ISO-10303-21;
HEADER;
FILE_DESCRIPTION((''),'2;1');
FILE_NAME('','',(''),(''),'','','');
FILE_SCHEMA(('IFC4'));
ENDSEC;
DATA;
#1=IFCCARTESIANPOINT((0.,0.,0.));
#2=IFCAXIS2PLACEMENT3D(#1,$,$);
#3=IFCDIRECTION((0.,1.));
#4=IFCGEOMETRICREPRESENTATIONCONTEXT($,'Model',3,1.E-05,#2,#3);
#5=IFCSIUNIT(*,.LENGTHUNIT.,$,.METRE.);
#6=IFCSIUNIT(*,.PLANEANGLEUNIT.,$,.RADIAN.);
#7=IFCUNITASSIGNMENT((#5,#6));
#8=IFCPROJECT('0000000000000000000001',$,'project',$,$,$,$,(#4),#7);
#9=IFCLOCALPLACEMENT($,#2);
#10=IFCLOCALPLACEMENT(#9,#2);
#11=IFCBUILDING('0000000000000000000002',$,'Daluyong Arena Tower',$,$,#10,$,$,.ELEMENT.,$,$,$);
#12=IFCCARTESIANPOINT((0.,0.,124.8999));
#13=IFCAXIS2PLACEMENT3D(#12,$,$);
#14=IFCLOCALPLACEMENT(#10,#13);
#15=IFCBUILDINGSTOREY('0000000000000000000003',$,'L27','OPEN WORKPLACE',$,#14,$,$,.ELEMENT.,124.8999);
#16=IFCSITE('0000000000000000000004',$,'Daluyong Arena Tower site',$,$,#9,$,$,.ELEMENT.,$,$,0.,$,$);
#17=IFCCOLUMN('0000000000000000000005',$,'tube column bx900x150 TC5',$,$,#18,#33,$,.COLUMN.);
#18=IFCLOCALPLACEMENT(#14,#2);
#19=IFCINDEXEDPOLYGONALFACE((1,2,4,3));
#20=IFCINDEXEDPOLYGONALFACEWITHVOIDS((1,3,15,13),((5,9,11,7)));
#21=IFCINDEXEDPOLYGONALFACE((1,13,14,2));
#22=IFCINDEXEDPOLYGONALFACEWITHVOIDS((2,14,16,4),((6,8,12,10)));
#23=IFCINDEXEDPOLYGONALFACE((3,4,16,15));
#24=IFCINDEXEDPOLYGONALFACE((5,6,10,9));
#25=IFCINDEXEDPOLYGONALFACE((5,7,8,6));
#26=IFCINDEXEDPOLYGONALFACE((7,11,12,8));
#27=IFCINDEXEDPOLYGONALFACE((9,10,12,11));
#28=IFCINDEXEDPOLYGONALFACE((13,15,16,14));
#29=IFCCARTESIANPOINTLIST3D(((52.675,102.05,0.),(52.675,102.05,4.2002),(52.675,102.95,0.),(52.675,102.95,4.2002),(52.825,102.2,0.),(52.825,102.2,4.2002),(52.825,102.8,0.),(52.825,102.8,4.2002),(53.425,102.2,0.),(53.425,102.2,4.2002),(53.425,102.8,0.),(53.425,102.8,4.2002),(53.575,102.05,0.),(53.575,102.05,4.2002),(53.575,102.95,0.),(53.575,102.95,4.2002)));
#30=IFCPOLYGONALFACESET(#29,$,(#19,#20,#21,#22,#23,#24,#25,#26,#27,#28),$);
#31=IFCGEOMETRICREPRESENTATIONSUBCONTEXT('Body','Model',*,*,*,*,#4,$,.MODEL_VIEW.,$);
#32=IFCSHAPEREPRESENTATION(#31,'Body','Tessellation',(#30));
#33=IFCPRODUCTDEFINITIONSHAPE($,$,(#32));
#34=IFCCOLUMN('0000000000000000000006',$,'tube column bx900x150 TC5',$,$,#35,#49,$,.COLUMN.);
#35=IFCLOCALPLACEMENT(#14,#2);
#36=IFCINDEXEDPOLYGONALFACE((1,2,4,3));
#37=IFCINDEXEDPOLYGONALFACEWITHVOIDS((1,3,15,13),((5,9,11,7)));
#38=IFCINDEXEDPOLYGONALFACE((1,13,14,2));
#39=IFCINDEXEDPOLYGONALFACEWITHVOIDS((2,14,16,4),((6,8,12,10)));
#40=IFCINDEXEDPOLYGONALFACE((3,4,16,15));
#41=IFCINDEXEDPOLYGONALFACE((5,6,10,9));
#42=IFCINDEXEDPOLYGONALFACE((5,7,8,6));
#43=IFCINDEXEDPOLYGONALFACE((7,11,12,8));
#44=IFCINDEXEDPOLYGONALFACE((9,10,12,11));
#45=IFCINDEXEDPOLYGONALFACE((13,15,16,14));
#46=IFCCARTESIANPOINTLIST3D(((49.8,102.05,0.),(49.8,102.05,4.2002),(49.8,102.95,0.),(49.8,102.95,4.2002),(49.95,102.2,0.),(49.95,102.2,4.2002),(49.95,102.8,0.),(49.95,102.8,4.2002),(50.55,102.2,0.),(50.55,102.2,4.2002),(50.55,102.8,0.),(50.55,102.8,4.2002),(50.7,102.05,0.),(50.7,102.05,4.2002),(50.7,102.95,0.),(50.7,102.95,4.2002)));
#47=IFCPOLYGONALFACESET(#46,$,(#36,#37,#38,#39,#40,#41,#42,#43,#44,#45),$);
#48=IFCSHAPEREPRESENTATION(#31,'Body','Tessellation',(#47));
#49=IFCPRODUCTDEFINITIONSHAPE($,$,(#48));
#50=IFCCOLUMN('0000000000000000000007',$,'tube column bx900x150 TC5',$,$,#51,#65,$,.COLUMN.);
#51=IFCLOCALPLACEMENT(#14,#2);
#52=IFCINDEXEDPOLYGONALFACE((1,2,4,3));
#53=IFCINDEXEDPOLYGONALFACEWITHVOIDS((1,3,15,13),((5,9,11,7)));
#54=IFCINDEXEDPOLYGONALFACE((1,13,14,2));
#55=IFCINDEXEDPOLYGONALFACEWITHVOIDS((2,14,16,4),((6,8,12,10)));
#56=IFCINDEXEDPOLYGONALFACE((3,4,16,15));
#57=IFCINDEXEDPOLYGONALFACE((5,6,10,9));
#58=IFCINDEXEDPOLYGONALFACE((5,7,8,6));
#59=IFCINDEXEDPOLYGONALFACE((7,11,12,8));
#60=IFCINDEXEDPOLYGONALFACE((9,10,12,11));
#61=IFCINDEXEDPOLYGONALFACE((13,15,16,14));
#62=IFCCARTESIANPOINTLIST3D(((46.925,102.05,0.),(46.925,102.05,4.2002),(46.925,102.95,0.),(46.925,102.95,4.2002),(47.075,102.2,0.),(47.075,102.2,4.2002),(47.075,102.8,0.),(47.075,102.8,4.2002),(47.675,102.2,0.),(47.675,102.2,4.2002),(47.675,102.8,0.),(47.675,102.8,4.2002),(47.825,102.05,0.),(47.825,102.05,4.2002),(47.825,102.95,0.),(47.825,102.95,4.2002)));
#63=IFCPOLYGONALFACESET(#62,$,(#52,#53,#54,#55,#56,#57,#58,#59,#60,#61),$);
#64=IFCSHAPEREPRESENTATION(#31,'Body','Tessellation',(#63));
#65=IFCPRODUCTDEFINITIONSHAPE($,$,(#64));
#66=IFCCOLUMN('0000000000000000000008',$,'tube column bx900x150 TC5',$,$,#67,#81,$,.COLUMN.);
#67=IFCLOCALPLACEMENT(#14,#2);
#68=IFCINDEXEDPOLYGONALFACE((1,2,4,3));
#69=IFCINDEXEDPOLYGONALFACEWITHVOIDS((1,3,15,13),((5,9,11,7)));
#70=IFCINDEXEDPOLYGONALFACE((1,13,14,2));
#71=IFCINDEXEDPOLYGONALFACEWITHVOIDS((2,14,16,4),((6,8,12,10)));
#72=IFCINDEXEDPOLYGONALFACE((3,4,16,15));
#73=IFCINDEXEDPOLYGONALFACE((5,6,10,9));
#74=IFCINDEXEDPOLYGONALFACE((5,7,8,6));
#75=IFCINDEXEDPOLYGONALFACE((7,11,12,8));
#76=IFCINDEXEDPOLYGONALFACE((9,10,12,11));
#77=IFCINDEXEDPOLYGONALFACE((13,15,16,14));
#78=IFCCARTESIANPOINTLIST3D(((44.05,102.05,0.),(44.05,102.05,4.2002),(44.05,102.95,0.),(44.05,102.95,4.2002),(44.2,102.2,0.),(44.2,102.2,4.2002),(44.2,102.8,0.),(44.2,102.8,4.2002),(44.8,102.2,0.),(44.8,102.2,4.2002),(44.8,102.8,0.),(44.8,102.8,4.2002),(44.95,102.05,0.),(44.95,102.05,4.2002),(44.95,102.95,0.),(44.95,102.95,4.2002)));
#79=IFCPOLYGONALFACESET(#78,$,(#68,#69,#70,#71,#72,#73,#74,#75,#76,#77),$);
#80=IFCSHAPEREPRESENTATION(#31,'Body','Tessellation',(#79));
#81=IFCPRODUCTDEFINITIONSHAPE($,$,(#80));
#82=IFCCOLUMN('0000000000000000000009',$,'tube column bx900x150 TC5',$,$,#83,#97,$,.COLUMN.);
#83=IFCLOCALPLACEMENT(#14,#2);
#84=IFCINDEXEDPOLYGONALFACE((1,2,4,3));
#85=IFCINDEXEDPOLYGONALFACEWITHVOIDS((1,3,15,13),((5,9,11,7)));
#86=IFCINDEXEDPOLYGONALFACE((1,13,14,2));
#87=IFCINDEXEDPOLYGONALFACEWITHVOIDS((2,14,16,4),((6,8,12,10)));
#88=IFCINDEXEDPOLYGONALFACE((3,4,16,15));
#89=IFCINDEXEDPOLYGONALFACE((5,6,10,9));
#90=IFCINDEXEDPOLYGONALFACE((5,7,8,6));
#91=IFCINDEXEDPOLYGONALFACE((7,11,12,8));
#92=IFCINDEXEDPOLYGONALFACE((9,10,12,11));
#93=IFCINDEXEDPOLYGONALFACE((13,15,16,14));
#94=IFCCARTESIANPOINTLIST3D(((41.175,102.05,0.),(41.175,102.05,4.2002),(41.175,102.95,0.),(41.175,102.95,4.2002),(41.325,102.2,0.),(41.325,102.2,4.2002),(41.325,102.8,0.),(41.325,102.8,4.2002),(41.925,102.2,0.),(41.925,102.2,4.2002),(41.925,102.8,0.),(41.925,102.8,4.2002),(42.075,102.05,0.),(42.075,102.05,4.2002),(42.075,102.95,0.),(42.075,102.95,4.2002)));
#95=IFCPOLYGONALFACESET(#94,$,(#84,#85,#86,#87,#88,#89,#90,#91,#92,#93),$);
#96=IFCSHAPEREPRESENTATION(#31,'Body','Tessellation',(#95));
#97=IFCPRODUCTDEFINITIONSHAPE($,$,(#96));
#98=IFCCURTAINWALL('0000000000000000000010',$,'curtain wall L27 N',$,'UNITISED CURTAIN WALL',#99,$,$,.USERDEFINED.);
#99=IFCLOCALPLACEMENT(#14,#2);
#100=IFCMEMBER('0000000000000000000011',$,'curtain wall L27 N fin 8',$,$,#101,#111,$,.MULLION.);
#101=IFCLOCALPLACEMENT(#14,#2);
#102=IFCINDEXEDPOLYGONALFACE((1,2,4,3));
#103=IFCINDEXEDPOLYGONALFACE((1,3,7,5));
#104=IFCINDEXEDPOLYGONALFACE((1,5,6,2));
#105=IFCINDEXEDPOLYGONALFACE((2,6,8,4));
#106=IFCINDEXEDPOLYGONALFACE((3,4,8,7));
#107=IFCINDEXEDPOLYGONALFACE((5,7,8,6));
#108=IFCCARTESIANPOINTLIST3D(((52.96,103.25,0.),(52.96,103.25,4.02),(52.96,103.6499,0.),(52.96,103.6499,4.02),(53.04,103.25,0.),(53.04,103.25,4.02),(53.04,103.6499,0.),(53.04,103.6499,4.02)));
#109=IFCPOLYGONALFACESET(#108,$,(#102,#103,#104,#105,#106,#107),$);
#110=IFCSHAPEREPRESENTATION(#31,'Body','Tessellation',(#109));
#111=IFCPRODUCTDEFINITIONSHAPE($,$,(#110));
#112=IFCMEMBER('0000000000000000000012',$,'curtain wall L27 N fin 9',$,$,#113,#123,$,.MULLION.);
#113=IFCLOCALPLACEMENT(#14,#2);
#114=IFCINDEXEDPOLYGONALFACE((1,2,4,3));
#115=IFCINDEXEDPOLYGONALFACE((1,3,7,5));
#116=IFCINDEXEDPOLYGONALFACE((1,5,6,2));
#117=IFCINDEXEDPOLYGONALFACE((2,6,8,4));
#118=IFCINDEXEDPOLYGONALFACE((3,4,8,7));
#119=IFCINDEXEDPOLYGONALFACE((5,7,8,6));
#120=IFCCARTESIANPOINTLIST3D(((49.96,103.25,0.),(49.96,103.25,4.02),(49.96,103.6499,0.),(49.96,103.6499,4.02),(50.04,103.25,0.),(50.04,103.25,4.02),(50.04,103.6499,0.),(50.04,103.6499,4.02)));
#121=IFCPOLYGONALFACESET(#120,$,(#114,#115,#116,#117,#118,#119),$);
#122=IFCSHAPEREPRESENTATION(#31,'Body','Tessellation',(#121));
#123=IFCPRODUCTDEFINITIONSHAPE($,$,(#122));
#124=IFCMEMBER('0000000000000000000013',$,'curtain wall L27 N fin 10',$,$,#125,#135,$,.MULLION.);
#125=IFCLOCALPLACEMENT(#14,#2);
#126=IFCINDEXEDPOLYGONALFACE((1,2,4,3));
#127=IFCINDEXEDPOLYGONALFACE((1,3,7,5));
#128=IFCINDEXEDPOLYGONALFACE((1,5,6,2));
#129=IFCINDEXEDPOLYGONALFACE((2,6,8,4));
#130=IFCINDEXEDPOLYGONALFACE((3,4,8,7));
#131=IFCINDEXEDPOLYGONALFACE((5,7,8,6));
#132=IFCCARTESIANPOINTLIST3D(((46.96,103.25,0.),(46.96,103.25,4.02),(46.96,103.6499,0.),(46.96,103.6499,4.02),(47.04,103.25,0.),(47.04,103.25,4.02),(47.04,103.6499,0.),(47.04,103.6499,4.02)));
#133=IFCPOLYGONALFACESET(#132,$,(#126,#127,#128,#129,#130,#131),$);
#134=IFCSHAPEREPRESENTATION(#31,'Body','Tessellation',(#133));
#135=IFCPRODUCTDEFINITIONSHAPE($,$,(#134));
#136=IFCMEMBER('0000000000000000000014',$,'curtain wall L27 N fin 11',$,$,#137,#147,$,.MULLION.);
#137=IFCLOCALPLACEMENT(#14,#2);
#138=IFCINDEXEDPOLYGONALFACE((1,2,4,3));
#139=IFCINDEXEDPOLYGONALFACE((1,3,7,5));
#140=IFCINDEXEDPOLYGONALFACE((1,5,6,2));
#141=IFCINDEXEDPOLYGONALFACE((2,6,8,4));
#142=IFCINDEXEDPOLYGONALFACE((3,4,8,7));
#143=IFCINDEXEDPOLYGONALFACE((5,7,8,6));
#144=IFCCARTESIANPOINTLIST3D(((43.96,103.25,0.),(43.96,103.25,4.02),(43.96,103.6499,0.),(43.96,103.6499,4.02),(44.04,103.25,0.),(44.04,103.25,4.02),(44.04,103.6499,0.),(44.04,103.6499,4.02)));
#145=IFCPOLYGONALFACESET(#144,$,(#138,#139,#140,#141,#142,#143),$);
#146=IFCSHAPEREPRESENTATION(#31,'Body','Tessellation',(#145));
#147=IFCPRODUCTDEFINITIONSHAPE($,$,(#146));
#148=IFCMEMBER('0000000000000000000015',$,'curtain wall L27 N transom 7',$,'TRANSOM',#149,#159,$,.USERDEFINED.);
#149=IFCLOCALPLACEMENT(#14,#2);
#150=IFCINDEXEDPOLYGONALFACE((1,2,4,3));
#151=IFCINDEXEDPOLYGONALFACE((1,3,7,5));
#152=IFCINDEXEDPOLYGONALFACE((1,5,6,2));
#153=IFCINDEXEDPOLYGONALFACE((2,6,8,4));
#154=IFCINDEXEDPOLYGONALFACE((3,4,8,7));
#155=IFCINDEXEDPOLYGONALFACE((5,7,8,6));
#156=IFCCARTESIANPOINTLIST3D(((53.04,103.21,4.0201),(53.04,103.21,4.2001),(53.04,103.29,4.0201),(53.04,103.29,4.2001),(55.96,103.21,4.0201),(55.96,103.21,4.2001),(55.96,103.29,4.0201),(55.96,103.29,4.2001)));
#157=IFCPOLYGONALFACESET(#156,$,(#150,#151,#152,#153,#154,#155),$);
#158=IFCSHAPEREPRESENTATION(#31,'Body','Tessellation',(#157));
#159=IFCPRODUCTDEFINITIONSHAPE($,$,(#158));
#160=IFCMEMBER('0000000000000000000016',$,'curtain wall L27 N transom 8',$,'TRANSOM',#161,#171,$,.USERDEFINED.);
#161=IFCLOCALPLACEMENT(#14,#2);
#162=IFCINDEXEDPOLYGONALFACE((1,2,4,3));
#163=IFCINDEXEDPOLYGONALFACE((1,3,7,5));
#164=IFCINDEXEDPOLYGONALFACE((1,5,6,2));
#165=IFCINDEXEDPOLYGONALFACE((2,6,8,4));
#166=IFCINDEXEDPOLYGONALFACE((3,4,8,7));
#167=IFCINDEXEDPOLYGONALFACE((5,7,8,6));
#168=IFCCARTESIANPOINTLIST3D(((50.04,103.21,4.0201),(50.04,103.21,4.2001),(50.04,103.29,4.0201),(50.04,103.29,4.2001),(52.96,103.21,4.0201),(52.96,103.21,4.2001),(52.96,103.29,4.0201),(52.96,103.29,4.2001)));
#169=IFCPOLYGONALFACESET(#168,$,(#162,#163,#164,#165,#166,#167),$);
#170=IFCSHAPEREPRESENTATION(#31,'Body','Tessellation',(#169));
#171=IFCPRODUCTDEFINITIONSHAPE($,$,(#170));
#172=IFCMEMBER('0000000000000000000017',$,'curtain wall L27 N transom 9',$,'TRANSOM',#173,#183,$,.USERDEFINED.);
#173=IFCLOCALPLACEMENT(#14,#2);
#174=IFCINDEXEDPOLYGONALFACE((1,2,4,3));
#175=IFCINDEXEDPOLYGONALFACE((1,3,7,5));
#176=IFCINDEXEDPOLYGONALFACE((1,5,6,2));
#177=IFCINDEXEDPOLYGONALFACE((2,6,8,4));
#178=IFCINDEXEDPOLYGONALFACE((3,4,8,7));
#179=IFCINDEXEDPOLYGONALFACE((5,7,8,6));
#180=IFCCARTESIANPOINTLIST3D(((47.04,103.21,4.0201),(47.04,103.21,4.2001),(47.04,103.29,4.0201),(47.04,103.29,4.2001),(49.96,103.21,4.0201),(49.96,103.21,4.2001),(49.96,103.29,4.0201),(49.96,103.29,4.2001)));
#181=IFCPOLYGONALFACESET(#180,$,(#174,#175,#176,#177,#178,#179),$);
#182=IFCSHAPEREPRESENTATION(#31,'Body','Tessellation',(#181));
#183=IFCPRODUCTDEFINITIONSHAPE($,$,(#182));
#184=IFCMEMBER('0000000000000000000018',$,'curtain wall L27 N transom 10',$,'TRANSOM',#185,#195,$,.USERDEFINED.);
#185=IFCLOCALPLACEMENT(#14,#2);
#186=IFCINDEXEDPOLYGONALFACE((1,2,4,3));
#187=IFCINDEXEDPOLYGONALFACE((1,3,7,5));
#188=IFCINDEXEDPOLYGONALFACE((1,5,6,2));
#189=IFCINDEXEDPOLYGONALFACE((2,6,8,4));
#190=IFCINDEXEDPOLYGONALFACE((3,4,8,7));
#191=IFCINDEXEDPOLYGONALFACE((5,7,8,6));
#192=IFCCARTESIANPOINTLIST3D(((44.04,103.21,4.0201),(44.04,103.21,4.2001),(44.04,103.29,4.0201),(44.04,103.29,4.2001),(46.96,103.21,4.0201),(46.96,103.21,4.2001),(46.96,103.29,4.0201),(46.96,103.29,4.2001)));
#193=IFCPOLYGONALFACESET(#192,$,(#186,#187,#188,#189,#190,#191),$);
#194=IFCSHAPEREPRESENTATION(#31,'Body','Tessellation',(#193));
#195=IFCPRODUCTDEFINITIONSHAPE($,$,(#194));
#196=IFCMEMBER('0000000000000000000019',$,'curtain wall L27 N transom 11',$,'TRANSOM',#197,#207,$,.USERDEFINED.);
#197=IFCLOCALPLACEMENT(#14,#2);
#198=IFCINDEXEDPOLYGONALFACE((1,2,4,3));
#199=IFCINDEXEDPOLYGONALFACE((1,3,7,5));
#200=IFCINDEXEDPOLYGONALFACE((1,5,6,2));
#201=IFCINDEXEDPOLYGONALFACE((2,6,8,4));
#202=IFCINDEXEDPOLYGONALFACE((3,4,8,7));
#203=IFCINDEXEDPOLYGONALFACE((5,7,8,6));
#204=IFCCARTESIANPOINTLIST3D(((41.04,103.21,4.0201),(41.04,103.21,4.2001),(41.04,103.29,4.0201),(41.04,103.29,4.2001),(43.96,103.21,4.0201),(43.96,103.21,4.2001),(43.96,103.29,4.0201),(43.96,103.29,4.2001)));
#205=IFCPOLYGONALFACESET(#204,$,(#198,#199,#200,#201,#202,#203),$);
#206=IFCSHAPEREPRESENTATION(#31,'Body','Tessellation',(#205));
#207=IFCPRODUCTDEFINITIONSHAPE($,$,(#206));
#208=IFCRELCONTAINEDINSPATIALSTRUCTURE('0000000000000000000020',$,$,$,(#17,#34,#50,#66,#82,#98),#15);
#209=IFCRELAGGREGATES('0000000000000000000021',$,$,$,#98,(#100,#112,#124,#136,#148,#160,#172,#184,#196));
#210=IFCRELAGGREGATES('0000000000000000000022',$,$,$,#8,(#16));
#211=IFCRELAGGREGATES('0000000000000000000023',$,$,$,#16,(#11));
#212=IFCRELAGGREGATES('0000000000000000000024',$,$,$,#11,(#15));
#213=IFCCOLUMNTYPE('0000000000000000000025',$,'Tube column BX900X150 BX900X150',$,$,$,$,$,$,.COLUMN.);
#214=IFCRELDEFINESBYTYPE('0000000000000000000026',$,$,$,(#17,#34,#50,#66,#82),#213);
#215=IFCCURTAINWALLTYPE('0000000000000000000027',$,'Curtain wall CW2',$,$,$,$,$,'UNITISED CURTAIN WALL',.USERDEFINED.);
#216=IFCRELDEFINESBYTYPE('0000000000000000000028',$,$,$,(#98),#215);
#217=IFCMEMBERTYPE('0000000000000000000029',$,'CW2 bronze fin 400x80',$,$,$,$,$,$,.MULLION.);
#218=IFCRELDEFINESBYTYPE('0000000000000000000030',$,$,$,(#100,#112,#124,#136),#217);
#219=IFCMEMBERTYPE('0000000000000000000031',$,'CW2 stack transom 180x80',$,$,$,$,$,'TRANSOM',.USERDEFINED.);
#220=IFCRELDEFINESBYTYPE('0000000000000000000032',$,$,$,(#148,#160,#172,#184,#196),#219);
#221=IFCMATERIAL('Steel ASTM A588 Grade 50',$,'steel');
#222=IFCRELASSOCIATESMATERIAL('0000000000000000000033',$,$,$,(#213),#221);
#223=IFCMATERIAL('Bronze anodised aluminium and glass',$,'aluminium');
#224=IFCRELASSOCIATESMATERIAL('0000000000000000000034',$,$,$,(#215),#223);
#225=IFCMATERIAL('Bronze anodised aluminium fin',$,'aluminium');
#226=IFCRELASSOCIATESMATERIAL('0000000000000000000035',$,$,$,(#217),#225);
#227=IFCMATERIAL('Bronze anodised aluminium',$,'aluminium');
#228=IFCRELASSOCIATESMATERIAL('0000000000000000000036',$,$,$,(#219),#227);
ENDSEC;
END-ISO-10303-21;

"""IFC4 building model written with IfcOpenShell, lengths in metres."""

from ifc_helpers import new_model, si_unit, direction, frame, origin, origin_2d, place, context, subcontext, project, spatial, rectangle, hollow_rectangle, extrude, material, material_profile, profile_set, type_object, element, aggregate, save


model = new_model("IFC4")

# Units and contexts
model_context = context("Model", 3, precision=1e-05, world=origin(), true_north=direction((0.0, 1.0)))
body_context = subcontext(model_context, "Body", "Model", "MODEL_VIEW")
ifc_project = project(units=[si_unit("LENGTHUNIT", "METRE"), si_unit("PLANEANGLEUNIT", "RADIAN")], contexts=[model_context])

# Site, building, storey
site_placement = place(None, origin())
site = spatial("IfcSite", under=ifc_project, at=site_placement, Name="Daluyong Arena Tower site", CompositionType="ELEMENT", RefElevation=0.0)
building_placement = place(site_placement, origin())
building = spatial("IfcBuilding", under=site, at=building_placement, Name="Daluyong Arena Tower", CompositionType="ELEMENT")
storey_placement = place(building_placement, frame((0.0, 0.0, 124.8999)))
storey = spatial("IfcBuildingStorey", under=building, at=storey_placement, Name="L27", Description="OPEN WORKPLACE", CompositionType="ELEMENT", Elevation=124.8999)

# Columns
ifc_material_1 = material(Name="Steel ASTM A588 Grade 50", Category="steel")
ifc_material_profile_1 = material_profile(ifc_material_1, hollow_rectangle(XDim=0.8999, YDim=0.8999, WallThickness=0.15, at=origin_2d()))
ifc_profile_set_1 = profile_set([ifc_material_profile_1], Name="Steel ASTM A588 Grade 50")
column_type = type_object("IfcColumnType", Name="Tube column BX900X150 BX900X150", PredefinedType="COLUMN", material=ifc_profile_set_1)
for number, where, z_axis, x_axis, name in (
    (1, (53.125, 102.5, 0.0), (0.0, 0.0, 1.0), (1.0, 0.0, 0.0), "tube column bx900x150 TC5"),
    (2, (50.25, 102.5, 0.0), (0.0, 0.0, 1.0), (1.0, 0.0, 0.0), "tube column bx900x150 TC5"),
    (3, (47.375, 102.5, 0.0), (0.0, 0.0, 1.0), (1.0, 0.0, 0.0), "tube column bx900x150 TC5"),
    (4, (44.5, 102.5, 0.0), (0.0, 0.0, 1.0), (1.0, 0.0, 0.0), "tube column bx900x150 TC5"),
    (5, (41.625, 102.5, 0.0), (0.0, 0.0, 1.0), (1.0, 0.0, 0.0), "tube column bx900x150 TC5"),
):
    element("IfcColumn", number, at=place(storey_placement, frame(where, z_axis=z_axis, x_axis=x_axis)), inside=storey, type_object=column_type, Name=name, PredefinedType="COLUMN", context=body_context, shape_type="SweptSolid", body=[
        extrude(hollow_rectangle(XDim=0.8999, YDim=0.8999, WallThickness=0.15, at=origin_2d()), origin(), (0.0, 0.0, 1.0), 4.2002),
    ])

# Curtain wall, members
ifc_material_2 = material(Name="Bronze anodised aluminium and glass", Category="aluminium")
curtain_wall_type = type_object("IfcCurtainWallType", Name="Curtain wall CW2", ElementType="UNITISED CURTAIN WALL", PredefinedType="USERDEFINED", material=ifc_material_2)
curtain_wall_placement = place(storey_placement, origin())
curtain_wall = element("IfcCurtainWall", 6, at=curtain_wall_placement, inside=storey, type_object=curtain_wall_type, Name="curtain wall L27 N", ObjectType="UNITISED CURTAIN WALL", PredefinedType="USERDEFINED")
ifc_material_3 = material(Name="Bronze anodised aluminium fin", Category="aluminium")
ifc_material_profile_2 = material_profile(ifc_material_3, rectangle(XDim=0.3999, YDim=0.0801, at=origin_2d()))
ifc_profile_set_2 = profile_set([ifc_material_profile_2], Name="Bronze anodised aluminium fin")
member_type_1 = type_object("IfcMemberType", Name="CW2 bronze fin 400x80", PredefinedType="MULLION", material=ifc_profile_set_2)
member_1_placement = place(storey_placement, frame((53.0, 103.45, 0.0), z_axis=(0.0, 0.0, 1.0), x_axis=(0.0, -1.0, 0.0)))
member_1 = element("IfcMember", 7, at=member_1_placement, type_object=member_type_1, Name="curtain wall L27 N fin 8", PredefinedType="MULLION", context=body_context, shape_type="SweptSolid", body=[
    extrude(rectangle(XDim=0.3999, YDim=0.0801, at=origin_2d()), origin(), (0.0, 0.0, 1.0), 4.02),
])
member_2_placement = place(storey_placement, frame((50.0, 103.45, 0.0), z_axis=(0.0, 0.0, 1.0), x_axis=(0.0, -1.0, 0.0)))
member_2 = element("IfcMember", 8, at=member_2_placement, type_object=member_type_1, Name="curtain wall L27 N fin 9", PredefinedType="MULLION", context=body_context, shape_type="SweptSolid", body=[
    extrude(rectangle(XDim=0.3999, YDim=0.0801, at=origin_2d()), origin(), (0.0, 0.0, 1.0), 4.02),
])
member_3_placement = place(storey_placement, frame((47.0, 103.45, 0.0), z_axis=(0.0, 0.0, 1.0), x_axis=(0.0, -1.0, 0.0)))
member_3 = element("IfcMember", 9, at=member_3_placement, type_object=member_type_1, Name="curtain wall L27 N fin 10", PredefinedType="MULLION", context=body_context, shape_type="SweptSolid", body=[
    extrude(rectangle(XDim=0.3999, YDim=0.0801, at=origin_2d()), origin(), (0.0, 0.0, 1.0), 4.02),
])
member_4_placement = place(storey_placement, frame((44.0, 103.45, 0.0), z_axis=(0.0, 0.0, 1.0), x_axis=(0.0, -1.0, 0.0)))
member_4 = element("IfcMember", 10, at=member_4_placement, type_object=member_type_1, Name="curtain wall L27 N fin 11", PredefinedType="MULLION", context=body_context, shape_type="SweptSolid", body=[
    extrude(rectangle(XDim=0.3999, YDim=0.0801, at=origin_2d()), origin(), (0.0, 0.0, 1.0), 4.02),
])
ifc_material_4 = material(Name="Bronze anodised aluminium", Category="aluminium")
ifc_material_profile_3 = material_profile(ifc_material_4, rectangle(XDim=0.0801, YDim=0.1799, at=origin_2d()))
ifc_profile_set_3 = profile_set([ifc_material_profile_3], Name="Bronze anodised aluminium")
member_type_2 = type_object("IfcMemberType", Name="CW2 stack transom 180x80", ElementType="TRANSOM", PredefinedType="USERDEFINED", material=ifc_profile_set_3)
member_5_placement = place(storey_placement, frame((55.96, 103.25, 4.1101), z_axis=(-1.0, 0.0, 0.0), x_axis=(0.0, -1.0, 0.0)))
member_5 = element("IfcMember", 11, at=member_5_placement, type_object=member_type_2, Name="curtain wall L27 N transom 7", ObjectType="TRANSOM", PredefinedType="USERDEFINED", context=body_context, shape_type="SweptSolid", body=[
    extrude(rectangle(XDim=0.0801, YDim=0.1799, at=origin_2d()), origin(), (0.0, 0.0, 1.0), 2.9199),
])
member_6_placement = place(storey_placement, frame((52.96, 103.25, 4.1101), z_axis=(-1.0, 0.0, 0.0), x_axis=(0.0, -1.0, 0.0)))
member_6 = element("IfcMember", 12, at=member_6_placement, type_object=member_type_2, Name="curtain wall L27 N transom 8", ObjectType="TRANSOM", PredefinedType="USERDEFINED", context=body_context, shape_type="SweptSolid", body=[
    extrude(rectangle(XDim=0.0801, YDim=0.1799, at=origin_2d()), origin(), (0.0, 0.0, 1.0), 2.9199),
])
member_7_placement = place(storey_placement, frame((49.96, 103.25, 4.1101), z_axis=(-1.0, 0.0, 0.0), x_axis=(0.0, -1.0, 0.0)))
member_7 = element("IfcMember", 13, at=member_7_placement, type_object=member_type_2, Name="curtain wall L27 N transom 9", ObjectType="TRANSOM", PredefinedType="USERDEFINED", context=body_context, shape_type="SweptSolid", body=[
    extrude(rectangle(XDim=0.0801, YDim=0.1799, at=origin_2d()), origin(), (0.0, 0.0, 1.0), 2.9199),
])
member_8_placement = place(storey_placement, frame((46.96, 103.25, 4.1101), z_axis=(-1.0, 0.0, 0.0), x_axis=(0.0, -1.0, 0.0)))
member_8 = element("IfcMember", 14, at=member_8_placement, type_object=member_type_2, Name="curtain wall L27 N transom 10", ObjectType="TRANSOM", PredefinedType="USERDEFINED", context=body_context, shape_type="SweptSolid", body=[
    extrude(rectangle(XDim=0.0801, YDim=0.1799, at=origin_2d()), origin(), (0.0, 0.0, 1.0), 2.9199),
])
member_9_placement = place(storey_placement, frame((43.96, 103.25, 4.1101), z_axis=(-1.0, 0.0, 0.0), x_axis=(0.0, -1.0, 0.0)))
member_9 = element("IfcMember", 15, at=member_9_placement, type_object=member_type_2, Name="curtain wall L27 N transom 11", ObjectType="TRANSOM", PredefinedType="USERDEFINED", context=body_context, shape_type="SweptSolid", body=[
    extrude(rectangle(XDim=0.0801, YDim=0.1799, at=origin_2d()), origin(), (0.0, 0.0, 1.0), 2.9199),
])

aggregate(curtain_wall, [member_1, member_2, member_3, member_4, member_5, member_6, member_7, member_8, member_9])

save(model, "model.ifc")
